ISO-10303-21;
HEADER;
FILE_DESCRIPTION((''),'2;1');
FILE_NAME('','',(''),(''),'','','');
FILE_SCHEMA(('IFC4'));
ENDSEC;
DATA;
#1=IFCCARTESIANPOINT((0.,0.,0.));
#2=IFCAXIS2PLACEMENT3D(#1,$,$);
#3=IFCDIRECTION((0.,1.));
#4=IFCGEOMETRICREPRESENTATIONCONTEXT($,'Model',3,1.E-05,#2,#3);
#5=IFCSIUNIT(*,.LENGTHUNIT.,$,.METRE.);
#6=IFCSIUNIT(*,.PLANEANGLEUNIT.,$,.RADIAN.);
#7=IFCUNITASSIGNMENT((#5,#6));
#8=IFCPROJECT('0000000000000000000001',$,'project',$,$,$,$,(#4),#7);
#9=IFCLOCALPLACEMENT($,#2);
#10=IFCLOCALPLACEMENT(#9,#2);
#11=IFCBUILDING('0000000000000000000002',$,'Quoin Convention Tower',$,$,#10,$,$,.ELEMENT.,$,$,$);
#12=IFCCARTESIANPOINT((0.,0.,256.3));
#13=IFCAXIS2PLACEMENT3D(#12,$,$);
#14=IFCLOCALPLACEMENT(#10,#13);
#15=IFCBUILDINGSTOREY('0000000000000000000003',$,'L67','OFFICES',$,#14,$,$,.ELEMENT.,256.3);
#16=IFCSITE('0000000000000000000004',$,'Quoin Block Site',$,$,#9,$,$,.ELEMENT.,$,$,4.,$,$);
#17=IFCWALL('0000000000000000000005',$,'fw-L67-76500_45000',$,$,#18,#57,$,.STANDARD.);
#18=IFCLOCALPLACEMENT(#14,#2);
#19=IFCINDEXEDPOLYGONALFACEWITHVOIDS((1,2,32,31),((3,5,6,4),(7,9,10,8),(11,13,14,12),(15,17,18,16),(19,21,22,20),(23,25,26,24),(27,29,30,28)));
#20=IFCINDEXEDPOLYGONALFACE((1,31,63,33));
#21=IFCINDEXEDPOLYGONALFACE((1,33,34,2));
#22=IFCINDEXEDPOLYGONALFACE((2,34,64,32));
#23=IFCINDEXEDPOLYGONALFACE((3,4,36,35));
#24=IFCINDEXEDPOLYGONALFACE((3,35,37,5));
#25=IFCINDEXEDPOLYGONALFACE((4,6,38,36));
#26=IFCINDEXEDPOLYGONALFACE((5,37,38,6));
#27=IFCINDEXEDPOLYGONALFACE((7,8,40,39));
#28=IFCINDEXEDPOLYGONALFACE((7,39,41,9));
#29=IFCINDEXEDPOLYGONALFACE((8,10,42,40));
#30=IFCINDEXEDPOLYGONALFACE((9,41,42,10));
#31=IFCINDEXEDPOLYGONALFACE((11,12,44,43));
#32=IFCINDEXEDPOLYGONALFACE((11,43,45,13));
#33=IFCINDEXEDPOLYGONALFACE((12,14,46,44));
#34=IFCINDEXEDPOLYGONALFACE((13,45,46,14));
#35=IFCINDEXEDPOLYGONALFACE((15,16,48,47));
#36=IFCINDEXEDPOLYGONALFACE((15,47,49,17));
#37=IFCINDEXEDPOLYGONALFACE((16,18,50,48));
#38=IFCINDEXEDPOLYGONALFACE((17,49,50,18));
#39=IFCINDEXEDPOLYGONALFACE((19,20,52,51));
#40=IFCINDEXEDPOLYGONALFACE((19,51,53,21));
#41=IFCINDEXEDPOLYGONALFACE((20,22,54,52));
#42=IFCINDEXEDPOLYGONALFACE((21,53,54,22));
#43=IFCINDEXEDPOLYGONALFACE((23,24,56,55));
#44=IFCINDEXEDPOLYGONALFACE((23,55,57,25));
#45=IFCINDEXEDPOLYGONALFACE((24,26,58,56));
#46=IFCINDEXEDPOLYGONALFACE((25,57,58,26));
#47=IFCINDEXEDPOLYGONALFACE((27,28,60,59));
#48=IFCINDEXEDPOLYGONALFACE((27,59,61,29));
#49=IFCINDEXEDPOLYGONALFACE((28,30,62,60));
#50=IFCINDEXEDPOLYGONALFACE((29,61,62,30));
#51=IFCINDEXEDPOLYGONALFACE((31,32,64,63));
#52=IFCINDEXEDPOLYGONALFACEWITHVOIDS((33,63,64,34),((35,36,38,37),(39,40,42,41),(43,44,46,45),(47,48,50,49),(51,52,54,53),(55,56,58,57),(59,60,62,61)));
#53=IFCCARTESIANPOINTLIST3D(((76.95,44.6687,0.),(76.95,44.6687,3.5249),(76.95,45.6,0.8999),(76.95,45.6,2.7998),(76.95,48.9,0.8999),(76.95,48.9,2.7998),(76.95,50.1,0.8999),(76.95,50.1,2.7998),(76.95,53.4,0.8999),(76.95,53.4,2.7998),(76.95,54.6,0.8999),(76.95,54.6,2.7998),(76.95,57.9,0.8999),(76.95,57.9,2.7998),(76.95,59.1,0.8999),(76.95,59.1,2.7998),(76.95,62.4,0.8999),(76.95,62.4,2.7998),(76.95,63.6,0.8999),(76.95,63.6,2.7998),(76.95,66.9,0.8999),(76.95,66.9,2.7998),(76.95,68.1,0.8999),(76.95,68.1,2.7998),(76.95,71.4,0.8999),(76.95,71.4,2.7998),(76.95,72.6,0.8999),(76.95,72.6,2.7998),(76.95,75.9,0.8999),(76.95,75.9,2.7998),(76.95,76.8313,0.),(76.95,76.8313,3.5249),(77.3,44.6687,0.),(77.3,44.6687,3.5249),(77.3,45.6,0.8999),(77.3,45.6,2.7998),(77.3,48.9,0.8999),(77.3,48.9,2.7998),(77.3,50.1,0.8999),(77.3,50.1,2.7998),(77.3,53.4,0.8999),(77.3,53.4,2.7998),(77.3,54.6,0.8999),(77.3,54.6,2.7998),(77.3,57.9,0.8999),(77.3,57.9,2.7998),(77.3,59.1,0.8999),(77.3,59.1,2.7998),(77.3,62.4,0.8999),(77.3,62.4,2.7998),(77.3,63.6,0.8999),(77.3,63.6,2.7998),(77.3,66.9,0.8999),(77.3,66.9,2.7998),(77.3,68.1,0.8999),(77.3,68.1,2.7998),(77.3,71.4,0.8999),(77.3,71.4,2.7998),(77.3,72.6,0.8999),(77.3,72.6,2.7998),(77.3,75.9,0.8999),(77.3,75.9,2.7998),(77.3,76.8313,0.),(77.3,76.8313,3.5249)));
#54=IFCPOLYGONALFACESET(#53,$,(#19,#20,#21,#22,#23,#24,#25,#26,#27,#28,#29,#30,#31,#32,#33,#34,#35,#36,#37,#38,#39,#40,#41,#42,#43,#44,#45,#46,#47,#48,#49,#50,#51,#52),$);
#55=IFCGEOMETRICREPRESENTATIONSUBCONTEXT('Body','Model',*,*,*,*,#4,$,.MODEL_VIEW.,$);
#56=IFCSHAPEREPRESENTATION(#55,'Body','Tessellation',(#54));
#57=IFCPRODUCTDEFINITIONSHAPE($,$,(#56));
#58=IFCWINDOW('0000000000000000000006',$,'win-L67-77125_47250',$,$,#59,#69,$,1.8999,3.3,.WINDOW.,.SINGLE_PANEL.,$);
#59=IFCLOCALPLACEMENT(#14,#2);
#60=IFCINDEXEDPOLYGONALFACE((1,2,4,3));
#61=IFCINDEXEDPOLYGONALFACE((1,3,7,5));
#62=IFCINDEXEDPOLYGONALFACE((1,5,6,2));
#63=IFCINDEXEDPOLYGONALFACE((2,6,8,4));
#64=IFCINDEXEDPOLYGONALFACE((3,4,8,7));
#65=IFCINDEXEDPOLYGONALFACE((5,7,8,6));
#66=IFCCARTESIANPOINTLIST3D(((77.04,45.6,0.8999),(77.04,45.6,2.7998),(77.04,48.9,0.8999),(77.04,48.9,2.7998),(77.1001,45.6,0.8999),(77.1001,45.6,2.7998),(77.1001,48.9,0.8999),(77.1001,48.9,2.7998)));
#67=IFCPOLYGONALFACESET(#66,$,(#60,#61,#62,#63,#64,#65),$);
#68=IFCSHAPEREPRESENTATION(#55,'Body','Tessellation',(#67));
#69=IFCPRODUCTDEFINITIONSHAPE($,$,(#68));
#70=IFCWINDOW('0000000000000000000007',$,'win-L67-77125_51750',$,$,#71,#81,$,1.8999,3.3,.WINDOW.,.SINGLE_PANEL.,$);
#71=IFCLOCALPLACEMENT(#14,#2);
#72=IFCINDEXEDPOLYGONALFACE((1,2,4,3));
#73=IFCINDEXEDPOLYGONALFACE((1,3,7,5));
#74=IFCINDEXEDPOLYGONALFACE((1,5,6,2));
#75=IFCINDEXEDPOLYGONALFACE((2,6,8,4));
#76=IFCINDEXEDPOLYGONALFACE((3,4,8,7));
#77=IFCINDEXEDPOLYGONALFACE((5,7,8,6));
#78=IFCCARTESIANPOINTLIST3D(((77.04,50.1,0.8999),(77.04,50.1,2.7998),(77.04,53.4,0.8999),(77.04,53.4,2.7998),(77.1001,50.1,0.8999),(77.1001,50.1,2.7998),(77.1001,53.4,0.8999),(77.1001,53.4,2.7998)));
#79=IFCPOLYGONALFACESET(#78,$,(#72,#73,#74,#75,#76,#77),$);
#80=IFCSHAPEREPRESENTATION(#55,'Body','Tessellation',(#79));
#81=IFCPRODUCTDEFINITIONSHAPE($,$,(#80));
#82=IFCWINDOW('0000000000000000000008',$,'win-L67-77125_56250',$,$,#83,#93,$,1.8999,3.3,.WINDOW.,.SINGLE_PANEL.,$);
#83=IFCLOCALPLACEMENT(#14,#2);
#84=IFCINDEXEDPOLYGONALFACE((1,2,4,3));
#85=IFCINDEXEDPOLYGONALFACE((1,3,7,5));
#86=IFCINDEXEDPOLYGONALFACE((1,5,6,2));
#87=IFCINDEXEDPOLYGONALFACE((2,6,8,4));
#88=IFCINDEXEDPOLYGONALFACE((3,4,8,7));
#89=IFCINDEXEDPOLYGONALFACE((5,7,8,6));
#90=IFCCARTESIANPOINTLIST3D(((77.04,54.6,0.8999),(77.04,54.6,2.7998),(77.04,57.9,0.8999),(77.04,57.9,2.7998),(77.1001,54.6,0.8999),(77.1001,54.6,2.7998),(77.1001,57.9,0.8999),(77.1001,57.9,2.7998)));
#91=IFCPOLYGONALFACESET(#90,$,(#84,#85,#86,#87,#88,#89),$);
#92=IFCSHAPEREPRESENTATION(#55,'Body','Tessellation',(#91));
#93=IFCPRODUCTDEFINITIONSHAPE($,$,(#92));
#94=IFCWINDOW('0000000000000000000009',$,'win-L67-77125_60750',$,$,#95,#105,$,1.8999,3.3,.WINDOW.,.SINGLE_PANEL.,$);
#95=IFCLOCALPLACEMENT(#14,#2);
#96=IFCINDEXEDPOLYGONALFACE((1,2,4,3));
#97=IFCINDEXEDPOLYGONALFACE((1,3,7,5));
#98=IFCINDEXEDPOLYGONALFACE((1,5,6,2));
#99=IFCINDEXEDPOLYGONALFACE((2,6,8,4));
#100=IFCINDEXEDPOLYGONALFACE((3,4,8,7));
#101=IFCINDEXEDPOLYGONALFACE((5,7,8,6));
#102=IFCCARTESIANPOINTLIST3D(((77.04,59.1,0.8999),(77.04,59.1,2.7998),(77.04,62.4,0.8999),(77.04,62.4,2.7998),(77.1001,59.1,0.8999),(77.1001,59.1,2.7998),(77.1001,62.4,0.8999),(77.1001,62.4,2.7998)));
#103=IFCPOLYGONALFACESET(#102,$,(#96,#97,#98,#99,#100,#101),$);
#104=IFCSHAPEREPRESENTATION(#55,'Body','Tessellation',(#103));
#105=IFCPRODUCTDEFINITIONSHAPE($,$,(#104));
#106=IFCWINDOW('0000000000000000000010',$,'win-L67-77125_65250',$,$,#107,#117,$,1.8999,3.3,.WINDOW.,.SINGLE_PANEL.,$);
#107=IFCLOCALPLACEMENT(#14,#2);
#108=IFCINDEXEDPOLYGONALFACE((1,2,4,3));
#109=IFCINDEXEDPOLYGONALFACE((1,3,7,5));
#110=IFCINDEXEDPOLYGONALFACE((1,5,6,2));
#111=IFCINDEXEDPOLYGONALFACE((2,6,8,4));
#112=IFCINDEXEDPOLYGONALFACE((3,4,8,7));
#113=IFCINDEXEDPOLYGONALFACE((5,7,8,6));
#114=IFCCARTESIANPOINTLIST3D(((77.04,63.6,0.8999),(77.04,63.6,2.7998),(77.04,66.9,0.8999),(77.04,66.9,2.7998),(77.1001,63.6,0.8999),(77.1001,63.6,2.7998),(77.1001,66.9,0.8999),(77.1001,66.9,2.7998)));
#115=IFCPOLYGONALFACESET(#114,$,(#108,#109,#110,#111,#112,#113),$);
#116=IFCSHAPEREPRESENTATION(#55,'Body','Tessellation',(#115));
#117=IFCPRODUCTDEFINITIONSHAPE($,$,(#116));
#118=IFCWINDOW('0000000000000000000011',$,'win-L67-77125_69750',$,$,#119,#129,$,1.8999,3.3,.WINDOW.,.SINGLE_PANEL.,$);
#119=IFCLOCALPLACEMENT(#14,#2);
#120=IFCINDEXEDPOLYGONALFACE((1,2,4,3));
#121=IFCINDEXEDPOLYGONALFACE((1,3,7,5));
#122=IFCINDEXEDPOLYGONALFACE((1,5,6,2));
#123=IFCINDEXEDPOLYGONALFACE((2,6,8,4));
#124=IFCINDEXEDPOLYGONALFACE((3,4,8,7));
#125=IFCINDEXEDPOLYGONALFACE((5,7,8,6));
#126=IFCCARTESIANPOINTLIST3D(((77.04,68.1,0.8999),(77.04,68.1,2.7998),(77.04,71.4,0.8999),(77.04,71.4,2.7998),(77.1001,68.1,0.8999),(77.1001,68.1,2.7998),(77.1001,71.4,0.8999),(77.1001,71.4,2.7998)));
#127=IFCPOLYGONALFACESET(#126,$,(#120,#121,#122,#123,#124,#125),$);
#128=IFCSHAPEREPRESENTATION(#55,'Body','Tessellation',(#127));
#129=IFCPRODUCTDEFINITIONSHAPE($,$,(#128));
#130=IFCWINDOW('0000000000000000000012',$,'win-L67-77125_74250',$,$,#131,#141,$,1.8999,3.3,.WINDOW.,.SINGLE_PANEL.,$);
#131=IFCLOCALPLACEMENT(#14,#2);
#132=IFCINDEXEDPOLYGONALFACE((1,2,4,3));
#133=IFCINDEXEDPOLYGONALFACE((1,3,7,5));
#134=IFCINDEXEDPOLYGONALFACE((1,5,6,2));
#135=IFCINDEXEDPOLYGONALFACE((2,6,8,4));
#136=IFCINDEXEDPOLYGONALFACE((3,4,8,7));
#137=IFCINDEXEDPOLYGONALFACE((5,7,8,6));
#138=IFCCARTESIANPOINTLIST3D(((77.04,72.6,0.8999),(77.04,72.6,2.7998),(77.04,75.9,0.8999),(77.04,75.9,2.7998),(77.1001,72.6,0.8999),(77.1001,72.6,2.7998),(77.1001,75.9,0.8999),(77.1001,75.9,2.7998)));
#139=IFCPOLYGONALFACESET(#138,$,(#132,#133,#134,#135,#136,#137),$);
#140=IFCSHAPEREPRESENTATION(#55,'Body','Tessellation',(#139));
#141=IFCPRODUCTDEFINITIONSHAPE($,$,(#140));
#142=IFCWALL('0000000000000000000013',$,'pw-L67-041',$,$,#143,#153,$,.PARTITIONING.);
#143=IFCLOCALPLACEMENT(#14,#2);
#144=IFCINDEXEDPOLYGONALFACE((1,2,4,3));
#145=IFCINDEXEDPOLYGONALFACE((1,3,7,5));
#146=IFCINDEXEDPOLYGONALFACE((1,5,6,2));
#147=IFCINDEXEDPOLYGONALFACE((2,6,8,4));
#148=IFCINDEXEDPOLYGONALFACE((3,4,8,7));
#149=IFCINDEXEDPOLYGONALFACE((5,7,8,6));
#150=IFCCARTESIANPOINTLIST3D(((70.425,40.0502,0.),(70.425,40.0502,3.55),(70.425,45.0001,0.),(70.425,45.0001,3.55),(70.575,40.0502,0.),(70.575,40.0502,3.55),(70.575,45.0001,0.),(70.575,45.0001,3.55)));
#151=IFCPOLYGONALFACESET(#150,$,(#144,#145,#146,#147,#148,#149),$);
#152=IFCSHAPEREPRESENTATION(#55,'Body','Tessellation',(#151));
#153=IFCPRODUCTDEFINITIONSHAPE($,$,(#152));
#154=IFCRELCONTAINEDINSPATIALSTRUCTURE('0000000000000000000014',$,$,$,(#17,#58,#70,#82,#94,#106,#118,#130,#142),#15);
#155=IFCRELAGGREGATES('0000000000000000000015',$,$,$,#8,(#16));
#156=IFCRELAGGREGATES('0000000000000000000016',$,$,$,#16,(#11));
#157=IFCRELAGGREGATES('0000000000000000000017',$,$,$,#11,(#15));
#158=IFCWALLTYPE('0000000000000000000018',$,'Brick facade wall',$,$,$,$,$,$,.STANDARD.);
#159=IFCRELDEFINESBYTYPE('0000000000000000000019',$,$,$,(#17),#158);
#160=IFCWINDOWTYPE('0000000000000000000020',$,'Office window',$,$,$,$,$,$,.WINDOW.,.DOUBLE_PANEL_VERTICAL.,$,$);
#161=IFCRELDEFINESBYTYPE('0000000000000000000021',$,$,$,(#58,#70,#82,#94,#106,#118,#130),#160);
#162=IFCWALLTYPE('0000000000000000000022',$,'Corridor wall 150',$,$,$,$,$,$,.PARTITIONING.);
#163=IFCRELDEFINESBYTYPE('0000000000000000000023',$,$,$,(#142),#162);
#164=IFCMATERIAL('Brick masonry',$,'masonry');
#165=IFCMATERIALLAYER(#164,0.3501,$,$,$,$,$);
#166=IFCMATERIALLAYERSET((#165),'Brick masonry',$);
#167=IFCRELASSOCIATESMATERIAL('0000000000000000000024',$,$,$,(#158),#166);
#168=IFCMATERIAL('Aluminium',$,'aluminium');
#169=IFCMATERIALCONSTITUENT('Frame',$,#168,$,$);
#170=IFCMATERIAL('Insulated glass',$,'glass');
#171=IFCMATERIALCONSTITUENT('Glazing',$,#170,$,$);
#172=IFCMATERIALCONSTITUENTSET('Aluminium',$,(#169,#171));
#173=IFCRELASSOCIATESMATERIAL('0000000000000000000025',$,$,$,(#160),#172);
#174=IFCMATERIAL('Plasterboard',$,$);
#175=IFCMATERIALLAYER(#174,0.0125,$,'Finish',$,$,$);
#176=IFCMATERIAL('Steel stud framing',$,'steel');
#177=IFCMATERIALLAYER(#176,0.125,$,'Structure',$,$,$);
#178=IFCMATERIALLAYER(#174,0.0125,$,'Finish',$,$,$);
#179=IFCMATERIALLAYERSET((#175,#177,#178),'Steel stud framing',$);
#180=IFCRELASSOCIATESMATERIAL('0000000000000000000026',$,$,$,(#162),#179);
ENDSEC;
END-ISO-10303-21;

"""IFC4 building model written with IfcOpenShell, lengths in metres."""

from ifc_helpers import new_model, si_unit, direction, frame, frame_2d, origin, place, context, subcontext, project, spatial, rectangle, extrude, material, layer, layer_set, constituent, constituent_set, type_object, element, fill, save


model = new_model("IFC4")

# Units and contexts
model_context = context("Model", 3, precision=1e-05, world=origin(), true_north=direction((0.0, 1.0)))
body_context = subcontext(model_context, "Body", "Model", "MODEL_VIEW")
ifc_project = project(units=[si_unit("LENGTHUNIT", "METRE"), si_unit("PLANEANGLEUNIT", "RADIAN")], contexts=[model_context])

# Site, building, storey
site_placement = place(None, origin())
site = spatial("IfcSite", under=ifc_project, at=site_placement, Name="Quoin Block Site", CompositionType="ELEMENT", RefElevation=4.0)
building_placement = place(site_placement, origin())
building = spatial("IfcBuilding", under=site, at=building_placement, Name="Quoin Convention Tower", CompositionType="ELEMENT")
storey_placement = place(building_placement, frame((0.0, 0.0, 256.3)))
storey = spatial("IfcBuildingStorey", under=building, at=storey_placement, Name="L67", Description="OFFICES", CompositionType="ELEMENT", Elevation=256.3)

# Shared definitions
ifc_material_1 = material(Name="Brick masonry", Category="masonry")
ifc_layer_1 = layer(ifc_material_1, 0.3501)
ifc_layer_set_1 = layer_set([ifc_layer_1], Name="Brick masonry")
wall_type_1 = type_object("IfcWallType", Name="Brick facade wall", PredefinedType="STANDARD", material=ifc_layer_set_1)
ifc_material_2 = material(Name="Aluminium", Category="aluminium")
ifc_constituent_1 = constituent(ifc_material_2, Name="Frame")
ifc_material_3 = material(Name="Insulated glass", Category="glass")
ifc_constituent_2 = constituent(ifc_material_3, Name="Glazing")
ifc_constituent_set = constituent_set(constituents=[ifc_constituent_1, ifc_constituent_2], Name="Aluminium")
window_type = type_object("IfcWindowType", Name="Office window", PartitioningType="DOUBLE_PANEL_VERTICAL", PredefinedType="WINDOW", material=ifc_constituent_set)

# Wall, openings, windows
wall_1_placement = place(storey_placement, frame((77.125, 44.6687, 0.0), z_axis=(0.0, 0.0, 1.0), x_axis=(0.0, 1.0, 0.0)))
wall_1 = element("IfcWall", 1, at=wall_1_placement, inside=storey, type_object=wall_type_1, Name="fw-L67-76500_45000", PredefinedType="STANDARD", context=body_context, shape_type="SweptSolid", body=[
    extrude(rectangle(XDim=32.1626, YDim=0.3501, at=frame_2d((16.0813, 0.0))), origin(), (0.0, 0.0, 1.0), 3.5249),
])
opening_1_placement = place(wall_1_placement, frame((0.9314, 0.0, 0.8999)))
opening_1 = element("IfcOpeningElement", 2, at=opening_1_placement, cuts=wall_1, PredefinedType="OPENING", context=body_context, shape_type="SweptSolid", body=[
    extrude(rectangle(XDim=3.3, YDim=1.8999, at=frame_2d((1.6499, 0.95))), frame((0.0, 0.1851, 0.0), z_axis=(0.0, -1.0, 0.0), x_axis=(1.0, 0.0, 0.0)), (0.0, 0.0, 1.0), 0.3701),
])
opening_2_placement = place(wall_1_placement, frame((5.4314, 0.0, 0.8999)))
opening_2 = element("IfcOpeningElement", 3, at=opening_2_placement, cuts=wall_1, PredefinedType="OPENING", context=body_context, shape_type="SweptSolid", body=[
    extrude(rectangle(XDim=3.3, YDim=1.8999, at=frame_2d((1.6499, 0.95))), frame((0.0, 0.1851, 0.0), z_axis=(0.0, -1.0, 0.0), x_axis=(1.0, 0.0, 0.0)), (0.0, 0.0, 1.0), 0.3701),
])
opening_3_placement = place(wall_1_placement, frame((9.9314, 0.0, 0.8999)))
opening_3 = element("IfcOpeningElement", 4, at=opening_3_placement, cuts=wall_1, PredefinedType="OPENING", context=body_context, shape_type="SweptSolid", body=[
    extrude(rectangle(XDim=3.3, YDim=1.8999, at=frame_2d((1.6499, 0.95))), frame((0.0, 0.1851, 0.0), z_axis=(0.0, -1.0, 0.0), x_axis=(1.0, 0.0, 0.0)), (0.0, 0.0, 1.0), 0.3701),
])
opening_4_placement = place(wall_1_placement, frame((14.4314, 0.0, 0.8999)))
opening_4 = element("IfcOpeningElement", 5, at=opening_4_placement, cuts=wall_1, PredefinedType="OPENING", context=body_context, shape_type="SweptSolid", body=[
    extrude(rectangle(XDim=3.3, YDim=1.8999, at=frame_2d((1.6499, 0.95))), frame((0.0, 0.1851, 0.0), z_axis=(0.0, -1.0, 0.0), x_axis=(1.0, 0.0, 0.0)), (0.0, 0.0, 1.0), 0.3701),
])
opening_5_placement = place(wall_1_placement, frame((18.9314, 0.0, 0.8999)))
opening_5 = element("IfcOpeningElement", 6, at=opening_5_placement, cuts=wall_1, PredefinedType="OPENING", context=body_context, shape_type="SweptSolid", body=[
    extrude(rectangle(XDim=3.3, YDim=1.8999, at=frame_2d((1.6499, 0.95))), frame((0.0, 0.1851, 0.0), z_axis=(0.0, -1.0, 0.0), x_axis=(1.0, 0.0, 0.0)), (0.0, 0.0, 1.0), 0.3701),
])
opening_6_placement = place(wall_1_placement, frame((23.4314, 0.0, 0.8999)))
opening_6 = element("IfcOpeningElement", 7, at=opening_6_placement, cuts=wall_1, PredefinedType="OPENING", context=body_context, shape_type="SweptSolid", body=[
    extrude(rectangle(XDim=3.3, YDim=1.8999, at=frame_2d((1.6499, 0.95))), frame((0.0, 0.1851, 0.0), z_axis=(0.0, -1.0, 0.0), x_axis=(1.0, 0.0, 0.0)), (0.0, 0.0, 1.0), 0.3701),
])
opening_7_placement = place(wall_1_placement, frame((27.9314, 0.0, 0.8999)))
opening_7 = element("IfcOpeningElement", 8, at=opening_7_placement, cuts=wall_1, PredefinedType="OPENING", context=body_context, shape_type="SweptSolid", body=[
    extrude(rectangle(XDim=3.3, YDim=1.8999, at=frame_2d((1.6499, 0.95))), frame((0.0, 0.1851, 0.0), z_axis=(0.0, -1.0, 0.0), x_axis=(1.0, 0.0, 0.0)), (0.0, 0.0, 1.0), 0.3701),
])
window_1_placement = place(opening_1_placement, origin())
window_1 = element("IfcWindow", 9, at=window_1_placement, inside=storey, type_object=window_type, Name="win-L67-77125_47250", OverallHeight=1.8999, OverallWidth=3.3, PartitioningType="SINGLE_PANEL", PredefinedType="WINDOW", context=body_context, shape_type="SweptSolid", body=[
    extrude(rectangle(XDim=3.3, YDim=1.8999, at=frame_2d((1.6499, 0.95))), frame((0.0, 0.085, 0.0), z_axis=(0.0, -1.0, 0.0), x_axis=(1.0, 0.0, 0.0)), (0.0, 0.0, 1.0), 0.0601),
])
fill(opening_1, window_1)
window_2_placement = place(opening_2_placement, origin())
window_2 = element("IfcWindow", 10, at=window_2_placement, inside=storey, type_object=window_type, Name="win-L67-77125_51750", OverallHeight=1.8999, OverallWidth=3.3, PartitioningType="SINGLE_PANEL", PredefinedType="WINDOW", context=body_context, shape_type="SweptSolid", body=[
    extrude(rectangle(XDim=3.3, YDim=1.8999, at=frame_2d((1.6499, 0.95))), frame((0.0, 0.085, 0.0), z_axis=(0.0, -1.0, 0.0), x_axis=(1.0, 0.0, 0.0)), (0.0, 0.0, 1.0), 0.0601),
])
fill(opening_2, window_2)
window_3_placement = place(opening_3_placement, origin())
window_3 = element("IfcWindow", 11, at=window_3_placement, inside=storey, type_object=window_type, Name="win-L67-77125_56250", OverallHeight=1.8999, OverallWidth=3.3, PartitioningType="SINGLE_PANEL", PredefinedType="WINDOW", context=body_context, shape_type="SweptSolid", body=[
    extrude(rectangle(XDim=3.3, YDim=1.8999, at=frame_2d((1.6499, 0.95))), frame((0.0, 0.085, 0.0), z_axis=(0.0, -1.0, 0.0), x_axis=(1.0, 0.0, 0.0)), (0.0, 0.0, 1.0), 0.0601),
])
fill(opening_3, window_3)
window_4_placement = place(opening_4_placement, origin())
window_4 = element("IfcWindow", 12, at=window_4_placement, inside=storey, type_object=window_type, Name="win-L67-77125_60750", OverallHeight=1.8999, OverallWidth=3.3, PartitioningType="SINGLE_PANEL", PredefinedType="WINDOW", context=body_context, shape_type="SweptSolid", body=[
    extrude(rectangle(XDim=3.3, YDim=1.8999, at=frame_2d((1.6499, 0.95))), frame((0.0, 0.085, 0.0), z_axis=(0.0, -1.0, 0.0), x_axis=(1.0, 0.0, 0.0)), (0.0, 0.0, 1.0), 0.0601),
])
fill(opening_4, window_4)
window_5_placement = place(opening_5_placement, origin())
window_5 = element("IfcWindow", 13, at=window_5_placement, inside=storey, type_object=window_type, Name="win-L67-77125_65250", OverallHeight=1.8999, OverallWidth=3.3, PartitioningType="SINGLE_PANEL", PredefinedType="WINDOW", context=body_context, shape_type="SweptSolid", body=[
    extrude(rectangle(XDim=3.3, YDim=1.8999, at=frame_2d((1.6499, 0.95))), frame((0.0, 0.085, 0.0), z_axis=(0.0, -1.0, 0.0), x_axis=(1.0, 0.0, 0.0)), (0.0, 0.0, 1.0), 0.0601),
])
fill(opening_5, window_5)
window_6_placement = place(opening_6_placement, origin())
window_6 = element("IfcWindow", 14, at=window_6_placement, inside=storey, type_object=window_type, Name="win-L67-77125_69750", OverallHeight=1.8999, OverallWidth=3.3, PartitioningType="SINGLE_PANEL", PredefinedType="WINDOW", context=body_context, shape_type="SweptSolid", body=[
    extrude(rectangle(XDim=3.3, YDim=1.8999, at=frame_2d((1.6499, 0.95))), frame((0.0, 0.085, 0.0), z_axis=(0.0, -1.0, 0.0), x_axis=(1.0, 0.0, 0.0)), (0.0, 0.0, 1.0), 0.0601),
])
fill(opening_6, window_6)
window_7_placement = place(opening_7_placement, origin())
window_7 = element("IfcWindow", 15, at=window_7_placement, inside=storey, type_object=window_type, Name="win-L67-77125_74250", OverallHeight=1.8999, OverallWidth=3.3, PartitioningType="SINGLE_PANEL", PredefinedType="WINDOW", context=body_context, shape_type="SweptSolid", body=[
    extrude(rectangle(XDim=3.3, YDim=1.8999, at=frame_2d((1.6499, 0.95))), frame((0.0, 0.085, 0.0), z_axis=(0.0, -1.0, 0.0), x_axis=(1.0, 0.0, 0.0)), (0.0, 0.0, 1.0), 0.0601),
])
fill(opening_7, window_7)

# Wall
ifc_material_4 = material(Name="Plasterboard")
ifc_layer_2 = layer(ifc_material_4, 0.0125, Name="Finish")
ifc_material_5 = material(Name="Steel stud framing", Category="steel")
ifc_layer_3 = layer(ifc_material_5, 0.125, Name="Structure")
ifc_layer_4 = layer(ifc_material_4, 0.0125, Name="Finish")
ifc_layer_set_2 = layer_set([ifc_layer_2, ifc_layer_3, ifc_layer_4], Name="Steel stud framing")
wall_type_2 = type_object("IfcWallType", Name="Corridor wall 150", PredefinedType="PARTITIONING", material=ifc_layer_set_2)
wall_2_placement = place(storey_placement, frame((70.5, 40.05, 0.0), z_axis=(0.0, 0.0, 1.0), x_axis=(0.0, 1.0, 0.0)))
element("IfcWall", 16, at=wall_2_placement, inside=storey, type_object=wall_type_2, Name="pw-L67-041", PredefinedType="PARTITIONING", context=body_context, shape_type="SweptSolid", body=[
    extrude(rectangle(XDim=4.95, YDim=0.1499, at=frame_2d((2.4751, 0.0))), origin(), (0.0, 0.0, 1.0), 3.55),
])

save(model, "model.ifc")
